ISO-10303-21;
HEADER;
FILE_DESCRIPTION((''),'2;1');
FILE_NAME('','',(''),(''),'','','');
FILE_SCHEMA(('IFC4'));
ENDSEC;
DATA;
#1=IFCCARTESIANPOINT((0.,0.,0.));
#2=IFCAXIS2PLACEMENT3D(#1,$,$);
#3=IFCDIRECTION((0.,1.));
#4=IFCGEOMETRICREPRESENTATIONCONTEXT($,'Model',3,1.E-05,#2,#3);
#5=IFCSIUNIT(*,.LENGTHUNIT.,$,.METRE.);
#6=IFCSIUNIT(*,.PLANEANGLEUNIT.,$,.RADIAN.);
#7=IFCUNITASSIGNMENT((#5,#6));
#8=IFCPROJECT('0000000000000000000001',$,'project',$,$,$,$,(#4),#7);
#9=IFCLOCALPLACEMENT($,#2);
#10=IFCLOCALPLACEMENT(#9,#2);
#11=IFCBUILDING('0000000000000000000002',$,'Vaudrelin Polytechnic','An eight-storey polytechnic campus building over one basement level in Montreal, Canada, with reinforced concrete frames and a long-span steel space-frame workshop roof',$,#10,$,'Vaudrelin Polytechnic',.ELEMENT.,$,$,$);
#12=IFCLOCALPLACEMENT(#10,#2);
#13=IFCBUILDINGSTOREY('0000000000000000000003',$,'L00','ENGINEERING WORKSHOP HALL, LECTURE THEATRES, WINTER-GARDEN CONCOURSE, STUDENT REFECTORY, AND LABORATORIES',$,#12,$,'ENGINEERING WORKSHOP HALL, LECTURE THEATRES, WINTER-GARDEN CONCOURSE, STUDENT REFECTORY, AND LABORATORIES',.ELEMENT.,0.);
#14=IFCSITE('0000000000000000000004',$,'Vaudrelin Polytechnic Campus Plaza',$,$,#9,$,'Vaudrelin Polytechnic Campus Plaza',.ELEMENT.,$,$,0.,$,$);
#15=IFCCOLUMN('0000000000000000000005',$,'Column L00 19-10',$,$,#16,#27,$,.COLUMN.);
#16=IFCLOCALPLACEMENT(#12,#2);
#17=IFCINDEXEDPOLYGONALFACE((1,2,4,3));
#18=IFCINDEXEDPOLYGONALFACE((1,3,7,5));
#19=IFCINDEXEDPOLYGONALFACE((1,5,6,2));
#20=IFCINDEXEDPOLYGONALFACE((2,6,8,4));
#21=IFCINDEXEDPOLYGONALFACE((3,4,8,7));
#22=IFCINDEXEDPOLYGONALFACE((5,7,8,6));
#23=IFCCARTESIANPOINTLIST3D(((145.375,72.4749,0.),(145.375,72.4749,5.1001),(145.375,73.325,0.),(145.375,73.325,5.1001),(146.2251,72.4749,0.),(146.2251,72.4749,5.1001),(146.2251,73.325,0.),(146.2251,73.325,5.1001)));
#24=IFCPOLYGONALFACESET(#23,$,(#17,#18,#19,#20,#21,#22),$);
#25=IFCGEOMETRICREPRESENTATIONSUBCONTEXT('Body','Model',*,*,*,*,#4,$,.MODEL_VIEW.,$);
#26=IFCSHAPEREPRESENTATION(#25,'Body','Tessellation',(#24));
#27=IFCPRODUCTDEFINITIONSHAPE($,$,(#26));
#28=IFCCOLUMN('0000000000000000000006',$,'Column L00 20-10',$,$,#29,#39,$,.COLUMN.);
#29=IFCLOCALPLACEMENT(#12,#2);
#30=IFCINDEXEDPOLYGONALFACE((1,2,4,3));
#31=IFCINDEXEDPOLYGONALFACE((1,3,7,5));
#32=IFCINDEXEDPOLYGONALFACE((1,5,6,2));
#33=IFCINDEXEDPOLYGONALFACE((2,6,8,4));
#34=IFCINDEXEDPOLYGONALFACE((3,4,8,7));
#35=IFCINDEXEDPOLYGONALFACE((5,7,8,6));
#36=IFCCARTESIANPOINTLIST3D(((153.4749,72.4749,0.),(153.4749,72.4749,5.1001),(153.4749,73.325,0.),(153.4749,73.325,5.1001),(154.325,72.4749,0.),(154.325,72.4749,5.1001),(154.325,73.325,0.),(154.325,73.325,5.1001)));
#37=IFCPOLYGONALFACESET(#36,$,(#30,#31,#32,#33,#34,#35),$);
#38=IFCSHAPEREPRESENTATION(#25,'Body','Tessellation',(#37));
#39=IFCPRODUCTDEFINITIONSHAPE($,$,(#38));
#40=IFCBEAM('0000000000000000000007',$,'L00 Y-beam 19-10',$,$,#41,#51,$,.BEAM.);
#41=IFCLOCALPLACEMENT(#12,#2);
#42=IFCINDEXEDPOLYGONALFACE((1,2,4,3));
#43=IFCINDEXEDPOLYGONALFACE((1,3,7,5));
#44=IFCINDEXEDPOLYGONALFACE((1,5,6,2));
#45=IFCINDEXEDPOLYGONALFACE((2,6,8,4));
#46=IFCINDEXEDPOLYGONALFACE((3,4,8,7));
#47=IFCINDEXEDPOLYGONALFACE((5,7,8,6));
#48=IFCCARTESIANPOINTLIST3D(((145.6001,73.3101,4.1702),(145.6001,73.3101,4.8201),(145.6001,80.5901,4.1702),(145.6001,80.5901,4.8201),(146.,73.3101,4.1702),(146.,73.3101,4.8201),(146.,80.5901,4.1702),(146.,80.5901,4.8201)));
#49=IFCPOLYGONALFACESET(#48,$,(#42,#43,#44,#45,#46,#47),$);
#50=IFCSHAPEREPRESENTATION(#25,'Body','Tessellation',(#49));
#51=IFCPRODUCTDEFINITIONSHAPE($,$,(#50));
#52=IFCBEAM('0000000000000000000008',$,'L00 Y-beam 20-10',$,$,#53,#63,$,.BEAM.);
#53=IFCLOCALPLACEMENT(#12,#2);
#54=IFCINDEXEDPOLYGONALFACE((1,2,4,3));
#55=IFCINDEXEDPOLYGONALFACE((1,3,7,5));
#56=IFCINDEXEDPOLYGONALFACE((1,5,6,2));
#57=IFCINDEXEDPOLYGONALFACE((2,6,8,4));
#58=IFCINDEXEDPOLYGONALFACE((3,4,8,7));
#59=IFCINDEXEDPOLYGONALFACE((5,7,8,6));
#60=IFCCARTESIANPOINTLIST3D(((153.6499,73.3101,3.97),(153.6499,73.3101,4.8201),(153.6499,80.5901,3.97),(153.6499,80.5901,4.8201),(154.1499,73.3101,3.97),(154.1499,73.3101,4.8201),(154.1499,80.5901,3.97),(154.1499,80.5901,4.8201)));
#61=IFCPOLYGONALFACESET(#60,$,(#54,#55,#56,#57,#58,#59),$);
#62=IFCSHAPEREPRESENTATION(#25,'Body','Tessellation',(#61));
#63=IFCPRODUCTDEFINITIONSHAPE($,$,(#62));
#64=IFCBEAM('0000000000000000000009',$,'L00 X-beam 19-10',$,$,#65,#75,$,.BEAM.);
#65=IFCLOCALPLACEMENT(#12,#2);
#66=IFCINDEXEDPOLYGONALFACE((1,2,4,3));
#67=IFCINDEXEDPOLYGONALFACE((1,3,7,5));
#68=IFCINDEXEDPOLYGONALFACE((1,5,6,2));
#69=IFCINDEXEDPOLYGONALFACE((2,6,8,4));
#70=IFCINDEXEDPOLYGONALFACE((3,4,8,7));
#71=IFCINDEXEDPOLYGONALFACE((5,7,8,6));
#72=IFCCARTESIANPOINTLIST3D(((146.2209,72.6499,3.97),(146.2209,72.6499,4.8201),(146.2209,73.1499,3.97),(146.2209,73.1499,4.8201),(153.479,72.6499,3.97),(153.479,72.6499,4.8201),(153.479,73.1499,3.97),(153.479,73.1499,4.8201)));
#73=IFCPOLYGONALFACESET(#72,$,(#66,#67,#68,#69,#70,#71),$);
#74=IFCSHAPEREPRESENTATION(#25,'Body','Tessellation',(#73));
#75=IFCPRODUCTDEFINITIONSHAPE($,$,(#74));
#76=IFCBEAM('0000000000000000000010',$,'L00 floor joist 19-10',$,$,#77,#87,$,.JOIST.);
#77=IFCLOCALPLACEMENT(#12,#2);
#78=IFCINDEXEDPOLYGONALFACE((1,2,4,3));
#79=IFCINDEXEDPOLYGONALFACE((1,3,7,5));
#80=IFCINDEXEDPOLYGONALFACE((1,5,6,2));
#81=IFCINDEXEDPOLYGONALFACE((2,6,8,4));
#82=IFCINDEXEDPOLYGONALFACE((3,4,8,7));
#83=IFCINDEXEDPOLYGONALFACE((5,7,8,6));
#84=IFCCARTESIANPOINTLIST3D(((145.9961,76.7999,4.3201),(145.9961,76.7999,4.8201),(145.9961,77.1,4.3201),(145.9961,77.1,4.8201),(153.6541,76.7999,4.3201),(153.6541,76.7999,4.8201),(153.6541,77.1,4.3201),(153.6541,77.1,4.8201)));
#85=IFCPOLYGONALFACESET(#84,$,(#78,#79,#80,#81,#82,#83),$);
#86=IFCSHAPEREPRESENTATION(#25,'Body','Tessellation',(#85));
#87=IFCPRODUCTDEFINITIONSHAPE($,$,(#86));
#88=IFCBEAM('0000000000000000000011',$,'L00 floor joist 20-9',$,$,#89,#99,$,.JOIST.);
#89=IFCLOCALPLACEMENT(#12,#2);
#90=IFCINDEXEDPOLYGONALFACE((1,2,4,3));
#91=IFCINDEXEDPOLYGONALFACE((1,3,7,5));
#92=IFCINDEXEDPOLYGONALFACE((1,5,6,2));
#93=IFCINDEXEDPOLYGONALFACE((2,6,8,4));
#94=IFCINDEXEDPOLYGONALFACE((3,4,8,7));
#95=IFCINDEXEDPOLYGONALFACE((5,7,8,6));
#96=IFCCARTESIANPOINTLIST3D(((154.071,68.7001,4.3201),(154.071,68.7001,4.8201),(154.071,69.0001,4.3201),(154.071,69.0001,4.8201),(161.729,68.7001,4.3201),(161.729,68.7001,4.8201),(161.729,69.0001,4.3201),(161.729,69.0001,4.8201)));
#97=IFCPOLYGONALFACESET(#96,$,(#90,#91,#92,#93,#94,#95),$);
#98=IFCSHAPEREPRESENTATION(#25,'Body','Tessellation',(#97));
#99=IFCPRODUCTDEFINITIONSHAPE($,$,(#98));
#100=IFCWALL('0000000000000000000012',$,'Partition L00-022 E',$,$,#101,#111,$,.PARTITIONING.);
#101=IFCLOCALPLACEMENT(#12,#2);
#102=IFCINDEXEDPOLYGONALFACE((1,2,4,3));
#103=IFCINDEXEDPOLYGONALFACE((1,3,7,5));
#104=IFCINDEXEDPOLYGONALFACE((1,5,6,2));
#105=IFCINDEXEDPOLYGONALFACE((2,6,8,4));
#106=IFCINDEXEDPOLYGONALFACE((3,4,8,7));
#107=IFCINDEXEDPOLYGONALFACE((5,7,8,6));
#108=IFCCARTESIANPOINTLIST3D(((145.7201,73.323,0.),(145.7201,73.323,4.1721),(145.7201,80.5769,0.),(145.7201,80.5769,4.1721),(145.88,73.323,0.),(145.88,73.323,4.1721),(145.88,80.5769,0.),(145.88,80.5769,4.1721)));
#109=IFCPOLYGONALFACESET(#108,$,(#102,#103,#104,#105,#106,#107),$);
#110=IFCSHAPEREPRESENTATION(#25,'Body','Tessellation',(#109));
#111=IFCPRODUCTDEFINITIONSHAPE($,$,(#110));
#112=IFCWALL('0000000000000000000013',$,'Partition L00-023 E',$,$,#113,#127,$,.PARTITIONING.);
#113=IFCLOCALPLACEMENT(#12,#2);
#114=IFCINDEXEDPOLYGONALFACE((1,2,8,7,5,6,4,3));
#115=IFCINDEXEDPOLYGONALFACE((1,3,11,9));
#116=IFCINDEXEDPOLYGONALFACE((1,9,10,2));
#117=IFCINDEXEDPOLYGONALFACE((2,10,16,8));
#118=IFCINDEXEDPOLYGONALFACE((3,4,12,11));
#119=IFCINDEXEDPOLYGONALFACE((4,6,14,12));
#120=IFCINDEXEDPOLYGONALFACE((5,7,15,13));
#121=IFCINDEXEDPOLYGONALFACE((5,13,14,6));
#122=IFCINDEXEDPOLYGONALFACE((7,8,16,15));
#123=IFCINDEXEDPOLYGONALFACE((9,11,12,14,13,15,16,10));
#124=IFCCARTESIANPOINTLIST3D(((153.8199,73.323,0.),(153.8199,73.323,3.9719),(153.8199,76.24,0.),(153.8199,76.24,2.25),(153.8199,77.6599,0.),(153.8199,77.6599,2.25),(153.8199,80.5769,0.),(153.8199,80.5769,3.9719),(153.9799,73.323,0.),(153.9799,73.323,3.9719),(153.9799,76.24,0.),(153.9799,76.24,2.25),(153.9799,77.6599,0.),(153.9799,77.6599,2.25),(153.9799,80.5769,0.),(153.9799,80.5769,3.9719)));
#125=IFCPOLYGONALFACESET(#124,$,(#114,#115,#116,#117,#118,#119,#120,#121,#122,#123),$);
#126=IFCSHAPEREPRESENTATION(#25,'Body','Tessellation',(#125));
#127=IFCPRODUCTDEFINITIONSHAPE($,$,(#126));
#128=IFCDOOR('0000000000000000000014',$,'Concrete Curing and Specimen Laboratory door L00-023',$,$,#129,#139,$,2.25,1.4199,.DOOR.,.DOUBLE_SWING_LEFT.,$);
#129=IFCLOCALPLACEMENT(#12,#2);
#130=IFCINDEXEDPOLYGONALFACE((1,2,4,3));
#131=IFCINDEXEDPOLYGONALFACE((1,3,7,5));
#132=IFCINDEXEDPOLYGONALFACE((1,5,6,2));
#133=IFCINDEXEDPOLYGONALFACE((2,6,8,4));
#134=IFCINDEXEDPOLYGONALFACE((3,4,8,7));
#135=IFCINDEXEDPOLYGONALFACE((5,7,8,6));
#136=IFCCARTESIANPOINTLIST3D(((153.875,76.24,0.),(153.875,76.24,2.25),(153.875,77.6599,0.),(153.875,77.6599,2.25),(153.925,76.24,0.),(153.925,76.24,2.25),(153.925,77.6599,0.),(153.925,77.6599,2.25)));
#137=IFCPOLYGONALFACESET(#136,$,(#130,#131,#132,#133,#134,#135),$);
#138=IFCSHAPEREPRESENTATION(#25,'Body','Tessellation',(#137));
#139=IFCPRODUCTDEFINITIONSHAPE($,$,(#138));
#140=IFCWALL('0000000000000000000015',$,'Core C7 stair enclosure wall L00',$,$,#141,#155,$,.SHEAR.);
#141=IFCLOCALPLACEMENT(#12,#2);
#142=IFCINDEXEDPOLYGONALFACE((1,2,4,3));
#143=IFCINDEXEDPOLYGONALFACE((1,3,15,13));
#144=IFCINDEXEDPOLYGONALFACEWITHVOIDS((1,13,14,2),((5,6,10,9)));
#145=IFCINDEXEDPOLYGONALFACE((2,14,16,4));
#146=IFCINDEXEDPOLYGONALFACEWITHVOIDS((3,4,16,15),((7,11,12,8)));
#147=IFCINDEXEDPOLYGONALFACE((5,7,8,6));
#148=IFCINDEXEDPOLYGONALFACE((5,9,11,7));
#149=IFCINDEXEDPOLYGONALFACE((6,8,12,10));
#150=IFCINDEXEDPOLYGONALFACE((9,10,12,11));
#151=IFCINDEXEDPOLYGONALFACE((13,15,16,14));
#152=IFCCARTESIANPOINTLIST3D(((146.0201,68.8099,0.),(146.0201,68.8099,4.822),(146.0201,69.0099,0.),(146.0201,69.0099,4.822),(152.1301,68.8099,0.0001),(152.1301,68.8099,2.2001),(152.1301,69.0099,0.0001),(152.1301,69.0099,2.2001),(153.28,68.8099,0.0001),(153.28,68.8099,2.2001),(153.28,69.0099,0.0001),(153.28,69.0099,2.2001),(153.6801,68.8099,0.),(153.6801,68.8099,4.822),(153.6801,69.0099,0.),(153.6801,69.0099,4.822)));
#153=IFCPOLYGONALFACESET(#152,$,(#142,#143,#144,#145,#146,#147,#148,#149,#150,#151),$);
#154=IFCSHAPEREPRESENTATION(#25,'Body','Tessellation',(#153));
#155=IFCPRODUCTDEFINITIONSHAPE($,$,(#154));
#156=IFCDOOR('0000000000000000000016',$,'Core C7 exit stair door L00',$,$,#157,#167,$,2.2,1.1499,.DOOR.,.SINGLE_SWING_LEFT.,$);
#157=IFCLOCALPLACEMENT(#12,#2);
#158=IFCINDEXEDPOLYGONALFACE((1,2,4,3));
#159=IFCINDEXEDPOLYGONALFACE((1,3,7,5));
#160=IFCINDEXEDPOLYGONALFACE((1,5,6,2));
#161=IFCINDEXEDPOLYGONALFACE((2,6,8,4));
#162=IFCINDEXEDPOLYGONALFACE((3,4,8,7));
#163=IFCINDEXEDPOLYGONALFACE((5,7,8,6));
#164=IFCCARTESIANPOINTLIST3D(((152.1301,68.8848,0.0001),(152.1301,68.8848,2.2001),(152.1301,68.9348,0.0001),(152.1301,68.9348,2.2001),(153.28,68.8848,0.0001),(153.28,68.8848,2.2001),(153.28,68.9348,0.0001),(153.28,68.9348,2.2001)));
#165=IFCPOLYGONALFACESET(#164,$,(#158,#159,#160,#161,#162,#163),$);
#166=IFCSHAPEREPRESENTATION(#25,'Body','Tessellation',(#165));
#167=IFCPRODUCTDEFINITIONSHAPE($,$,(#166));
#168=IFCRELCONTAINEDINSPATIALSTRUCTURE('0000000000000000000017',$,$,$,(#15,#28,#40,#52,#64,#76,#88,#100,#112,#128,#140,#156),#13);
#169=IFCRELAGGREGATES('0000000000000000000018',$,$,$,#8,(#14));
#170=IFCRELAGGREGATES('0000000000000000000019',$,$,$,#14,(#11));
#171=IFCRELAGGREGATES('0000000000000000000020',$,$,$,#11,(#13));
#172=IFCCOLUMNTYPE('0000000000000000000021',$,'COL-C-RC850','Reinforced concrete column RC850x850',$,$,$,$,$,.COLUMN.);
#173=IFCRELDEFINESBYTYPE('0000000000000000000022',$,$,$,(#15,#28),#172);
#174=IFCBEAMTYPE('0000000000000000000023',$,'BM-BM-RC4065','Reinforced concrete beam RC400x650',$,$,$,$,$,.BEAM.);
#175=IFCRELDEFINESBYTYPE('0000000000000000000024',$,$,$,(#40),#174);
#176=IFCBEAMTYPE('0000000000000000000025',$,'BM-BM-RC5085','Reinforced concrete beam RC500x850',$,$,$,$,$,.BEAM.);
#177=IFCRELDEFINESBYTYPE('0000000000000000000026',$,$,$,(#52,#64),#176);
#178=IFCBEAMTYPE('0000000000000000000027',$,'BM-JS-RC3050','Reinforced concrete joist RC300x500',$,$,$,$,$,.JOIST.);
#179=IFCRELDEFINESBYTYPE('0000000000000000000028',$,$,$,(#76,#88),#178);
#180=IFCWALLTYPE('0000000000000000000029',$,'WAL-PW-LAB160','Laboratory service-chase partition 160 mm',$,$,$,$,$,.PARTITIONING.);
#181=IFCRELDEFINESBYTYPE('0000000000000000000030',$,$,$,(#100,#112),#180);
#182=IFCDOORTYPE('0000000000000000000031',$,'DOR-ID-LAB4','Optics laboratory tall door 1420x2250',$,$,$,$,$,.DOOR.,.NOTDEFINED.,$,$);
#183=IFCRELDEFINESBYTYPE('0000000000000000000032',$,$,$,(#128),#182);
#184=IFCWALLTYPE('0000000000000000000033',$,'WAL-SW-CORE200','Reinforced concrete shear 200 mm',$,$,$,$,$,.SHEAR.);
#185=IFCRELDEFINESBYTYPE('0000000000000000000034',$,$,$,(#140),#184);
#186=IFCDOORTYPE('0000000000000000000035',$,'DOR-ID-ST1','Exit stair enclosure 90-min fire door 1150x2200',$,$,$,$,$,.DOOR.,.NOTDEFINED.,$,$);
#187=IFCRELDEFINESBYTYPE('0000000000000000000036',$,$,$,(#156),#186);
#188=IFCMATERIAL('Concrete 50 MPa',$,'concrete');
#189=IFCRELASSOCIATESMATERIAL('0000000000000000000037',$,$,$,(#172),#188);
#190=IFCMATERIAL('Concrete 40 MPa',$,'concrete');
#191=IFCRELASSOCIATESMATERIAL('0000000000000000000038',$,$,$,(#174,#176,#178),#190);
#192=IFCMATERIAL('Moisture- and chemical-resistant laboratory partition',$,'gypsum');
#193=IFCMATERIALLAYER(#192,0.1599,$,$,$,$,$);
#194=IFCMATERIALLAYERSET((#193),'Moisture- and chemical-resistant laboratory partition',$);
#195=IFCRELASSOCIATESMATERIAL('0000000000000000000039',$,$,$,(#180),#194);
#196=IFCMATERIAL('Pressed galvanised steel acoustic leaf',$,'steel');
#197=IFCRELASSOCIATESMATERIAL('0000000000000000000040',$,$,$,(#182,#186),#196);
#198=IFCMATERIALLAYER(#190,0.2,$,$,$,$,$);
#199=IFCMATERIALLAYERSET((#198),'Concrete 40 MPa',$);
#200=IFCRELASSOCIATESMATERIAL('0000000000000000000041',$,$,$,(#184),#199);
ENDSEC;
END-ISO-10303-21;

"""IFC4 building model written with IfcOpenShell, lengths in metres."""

from ifc_helpers import new_model, si_unit, direction, frame, frame_2d, origin, origin_2d, place, context, subcontext, project, spatial, rectangle, extrude, material, layer, layer_set, material_profile, profile_set, type_object, element, fill, save


model = new_model("IFC4")

# Units and contexts
model_context = context("Model", 3, precision=1e-05, world=origin(), true_north=direction((0.0, 1.0)))
body_context = subcontext(model_context, "Body", "Model", "MODEL_VIEW")
ifc_project = project(units=[si_unit("LENGTHUNIT", "METRE"), si_unit("PLANEANGLEUNIT", "RADIAN")], contexts=[model_context])

# Site, building, storey
site_placement = place(None, origin())
site = spatial("IfcSite", under=ifc_project, at=site_placement, Name="Vaudrelin Polytechnic Campus Plaza", LongName="Vaudrelin Polytechnic Campus Plaza", CompositionType="ELEMENT", RefElevation=0.0)
building_placement = place(site_placement, origin())
building = spatial("IfcBuilding", under=site, at=building_placement, Name="Vaudrelin Polytechnic", Description="An eight-storey polytechnic campus building over one basement level in Montreal, Canada, with reinforced concrete frames and a long-span steel space-frame workshop roof", LongName="Vaudrelin Polytechnic", CompositionType="ELEMENT")
storey_placement = place(building_placement, origin())
storey = spatial("IfcBuildingStorey", under=building, at=storey_placement, Name="L00", Description="ENGINEERING WORKSHOP HALL, LECTURE THEATRES, WINTER-GARDEN CONCOURSE, STUDENT REFECTORY, AND LABORATORIES", LongName="ENGINEERING WORKSHOP HALL, LECTURE THEATRES, WINTER-GARDEN CONCOURSE, STUDENT REFECTORY, AND LABORATORIES", CompositionType="ELEMENT", Elevation=0.0)

# Columns
ifc_material_1 = material(Name="Concrete 50 MPa", Category="concrete")
ifc_material_profile_1 = material_profile(ifc_material_1, rectangle(XDim=0.8501, YDim=0.8501, at=origin_2d()), Name="RC850x850")
ifc_profile_set_1 = profile_set([ifc_material_profile_1], Name="Concrete 50 MPa")
column_type = type_object("IfcColumnType", Name="COL-C-RC850", Description="Reinforced concrete column RC850x850", PredefinedType="COLUMN", material=ifc_profile_set_1)
for number, where, z_axis, x_axis, name in (
    (1, (145.8, 72.8999, 0.0), (0.0, 0.0, 1.0), (1.0, 0.0, 0.0), "Column L00 19-10"),
    (2, (153.8999, 72.8999, 0.0), (0.0, 0.0, 1.0), (1.0, 0.0, 0.0), "Column L00 20-10"),
):
    element("IfcColumn", number, at=place(storey_placement, frame(where, z_axis=z_axis, x_axis=x_axis)), inside=storey, type_object=column_type, Name=name, PredefinedType="COLUMN", context=body_context, shape_type="SweptSolid", body=[
        extrude(rectangle(XDim=0.8501, YDim=0.8501, at=origin_2d()), origin(), (0.0, 0.0, 1.0), 5.1001),
    ])

# Beams
ifc_material_2 = material(Name="Concrete 40 MPa", Category="concrete")
ifc_material_profile_2 = material_profile(ifc_material_2, rectangle(XDim=0.3999, YDim=0.6499, at=origin_2d()), Name="RC400x650")
ifc_profile_set_2 = profile_set([ifc_material_profile_2], Name="Concrete 40 MPa")
beam_type_1 = type_object("IfcBeamType", Name="BM-BM-RC4065", Description="Reinforced concrete beam RC400x650", PredefinedType="BEAM", material=ifc_profile_set_2)
beam_1_placement = place(storey_placement, frame((145.8, 73.3101, 4.4951), z_axis=(0.0, 1.0, 0.0), x_axis=(-1.0, 0.0, 0.0)))
element("IfcBeam", 3, at=beam_1_placement, inside=storey, type_object=beam_type_1, Name="L00 Y-beam 19-10", PredefinedType="BEAM", context=body_context, shape_type="SweptSolid", body=[
    extrude(rectangle(XDim=0.3999, YDim=0.6499, at=origin_2d()), origin(), (0.0, 0.0, 1.0), 7.28),
])
ifc_material_profile_3 = material_profile(ifc_material_2, rectangle(XDim=0.5, YDim=0.8501, at=origin_2d()), Name="RC500x850")
ifc_profile_set_3 = profile_set([ifc_material_profile_3], Name="Concrete 40 MPa")
beam_type_2 = type_object("IfcBeamType", Name="BM-BM-RC5085", Description="Reinforced concrete beam RC500x850", PredefinedType="BEAM", material=ifc_profile_set_3)
beam_2_placement = place(storey_placement, frame((153.8999, 73.3101, 4.395), z_axis=(0.0, 1.0, 0.0), x_axis=(-1.0, 0.0, 0.0)))
element("IfcBeam", 4, at=beam_2_placement, inside=storey, type_object=beam_type_2, Name="L00 Y-beam 20-10", PredefinedType="BEAM", context=body_context, shape_type="SweptSolid", body=[
    extrude(rectangle(XDim=0.5, YDim=0.8501, at=origin_2d()), origin(), (0.0, 0.0, 1.0), 7.28),
])
beam_3_placement = place(storey_placement, frame((146.2209, 72.8999, 4.395), z_axis=(1.0, 0.0, 0.0), x_axis=(0.0, 1.0, 0.0)))
element("IfcBeam", 5, at=beam_3_placement, inside=storey, type_object=beam_type_2, Name="L00 X-beam 19-10", PredefinedType="BEAM", context=body_context, shape_type="SweptSolid", body=[
    extrude(rectangle(XDim=0.5, YDim=0.8501, at=origin_2d()), origin(), (0.0, 0.0, 1.0), 7.2581),
])
ifc_material_profile_4 = material_profile(ifc_material_2, rectangle(XDim=0.3, YDim=0.5, at=origin_2d()), Name="RC300x500")
ifc_profile_set_4 = profile_set([ifc_material_profile_4], Name="Concrete 40 MPa")
beam_type_3 = type_object("IfcBeamType", Name="BM-JS-RC3050", Description="Reinforced concrete joist RC300x500", PredefinedType="JOIST", material=ifc_profile_set_4)
for number, where, z_axis, x_axis, name in (
    (6, (145.9961, 76.95, 4.5701), (1.0, 0.0, 0.0), (0.0, 1.0, 0.0), "L00 floor joist 19-10"),
    (7, (154.071, 68.8501, 4.5701), (1.0, 0.0, 0.0), (0.0, 1.0, 0.0), "L00 floor joist 20-9"),
):
    element("IfcBeam", number, at=place(storey_placement, frame(where, z_axis=z_axis, x_axis=x_axis)), inside=storey, type_object=beam_type_3, Name=name, PredefinedType="JOIST", context=body_context, shape_type="SweptSolid", body=[
        extrude(rectangle(XDim=0.3, YDim=0.5, at=origin_2d()), origin(), (0.0, 0.0, 1.0), 7.658),
    ])

# Wall
ifc_material_3 = material(Name="Moisture- and chemical-resistant laboratory partition", Category="gypsum")
ifc_layer_1 = layer(ifc_material_3, 0.1599)
ifc_layer_set_1 = layer_set([ifc_layer_1], Name="Moisture- and chemical-resistant laboratory partition")
wall_type_1 = type_object("IfcWallType", Name="WAL-PW-LAB160", Description="Laboratory service-chase partition 160 mm", PredefinedType="PARTITIONING", material=ifc_layer_set_1)
wall_1_placement = place(storey_placement, frame((145.8, 73.323, 0.0), z_axis=(0.0, 0.0, 1.0), x_axis=(0.0, 1.0, 0.0)))
element("IfcWall", 8, at=wall_1_placement, inside=storey, type_object=wall_type_1, Name="Partition L00-022 E", PredefinedType="PARTITIONING", context=body_context, shape_type="SweptSolid", body=[
    extrude(rectangle(XDim=7.2539, YDim=0.1599, at=frame_2d((3.627, 0.0))), origin(), (0.0, 0.0, 1.0), 4.1721),
])

# Walls, openings, doors
wall_2_placement = place(storey_placement, frame((153.8999, 73.323, 0.0), z_axis=(0.0, 0.0, 1.0), x_axis=(0.0, 1.0, 0.0)))
wall_2 = element("IfcWall", 9, at=wall_2_placement, inside=storey, type_object=wall_type_1, Name="Partition L00-023 E", PredefinedType="PARTITIONING", context=body_context, shape_type="SweptSolid", body=[
    extrude(rectangle(XDim=7.2539, YDim=0.1599, at=frame_2d((3.627, 0.0))), origin(), (0.0, 0.0, 1.0), 3.9719),
])
opening_1_placement = place(wall_2_placement, frame((2.917, 0.0, 0.0)))
opening_1 = element("IfcOpeningElement", 10, at=opening_1_placement, cuts=wall_2, PredefinedType="OPENING", context=body_context, shape_type="SweptSolid", body=[
    extrude(rectangle(XDim=1.4199, YDim=2.25, at=frame_2d((0.71, 1.125))), frame((0.0, 0.0898, 0.0), z_axis=(0.0, -1.0, 0.0), x_axis=(1.0, 0.0, 0.0)), (0.0, 0.0, 1.0), 0.1799),
])
ifc_material_4 = material(Name="Pressed galvanised steel acoustic leaf", Category="steel")
door_type_1 = type_object("IfcDoorType", Name="DOR-ID-LAB4", Description="Optics laboratory tall door 1420x2250", OperationType="NOTDEFINED", PredefinedType="DOOR", material=ifc_material_4)
door_1_placement = place(opening_1_placement, origin())
door_1 = element("IfcDoor", 11, at=door_1_placement, inside=storey, type_object=door_type_1, Name="Concrete Curing and Specimen Laboratory door L00-023", OperationType="DOUBLE_SWING_LEFT", OverallHeight=2.25, OverallWidth=1.4199, PredefinedType="DOOR", context=body_context, shape_type="SweptSolid", body=[
    extrude(rectangle(XDim=1.4199, YDim=2.25, at=frame_2d((0.71, 1.125))), frame((0.0, 0.0249, 0.0), z_axis=(0.0, -1.0, 0.0), x_axis=(1.0, 0.0, 0.0)), (0.0, 0.0, 1.0), 0.05),
])
fill(opening_1, door_1)
ifc_layer_2 = layer(ifc_material_2, 0.2)
ifc_layer_set_2 = layer_set([ifc_layer_2], Name="Concrete 40 MPa")
wall_type_2 = type_object("IfcWallType", Name="WAL-SW-CORE200", Description="Reinforced concrete shear 200 mm", PredefinedType="SHEAR", material=ifc_layer_set_2)
wall_3_placement = place(storey_placement, frame((146.02, 68.9099, 0.0), z_axis=(0.0, 0.0, 1.0), x_axis=(1.0, 0.0, 0.0)))
wall_3 = element("IfcWall", 12, at=wall_3_placement, inside=storey, type_object=wall_type_2, Name="Core C7 stair enclosure wall L00", PredefinedType="SHEAR", context=body_context, shape_type="SweptSolid", body=[
    extrude(rectangle(XDim=7.6599, YDim=0.2, at=frame_2d((3.8301, 0.0))), origin(), (0.0, 0.0, 1.0), 4.822),
])
opening_2_placement = place(wall_3_placement, frame((6.1101, 0.0, 0.0)))
opening_2 = element("IfcOpeningElement", 13, at=opening_2_placement, cuts=wall_3, PredefinedType="OPENING", context=body_context, shape_type="SweptSolid", body=[
    extrude(rectangle(XDim=1.1499, YDim=2.2, at=frame_2d((0.575, 1.1001))), frame((0.0, 0.1099, 0.0), z_axis=(0.0, -1.0, 0.0), x_axis=(1.0, 0.0, 0.0)), (0.0, 0.0, 1.0), 0.22),
])
door_type_2 = type_object("IfcDoorType", Name="DOR-ID-ST1", Description="Exit stair enclosure 90-min fire door 1150x2200", OperationType="NOTDEFINED", PredefinedType="DOOR", material=ifc_material_4)
door_2_placement = place(opening_2_placement, origin())
door_2 = element("IfcDoor", 14, at=door_2_placement, inside=storey, type_object=door_type_2, Name="Core C7 exit stair door L00", OperationType="SINGLE_SWING_LEFT", OverallHeight=2.2, OverallWidth=1.1499, PredefinedType="DOOR", context=body_context, shape_type="SweptSolid", body=[
    extrude(rectangle(XDim=1.1499, YDim=2.2, at=frame_2d((0.575, 1.1001))), frame((0.0, 0.0249, 0.0), z_axis=(0.0, -1.0, 0.0), x_axis=(1.0, 0.0, 0.0)), (0.0, 0.0, 1.0), 0.05),
])
fill(opening_2, door_2)

save(model, "model.ifc")
